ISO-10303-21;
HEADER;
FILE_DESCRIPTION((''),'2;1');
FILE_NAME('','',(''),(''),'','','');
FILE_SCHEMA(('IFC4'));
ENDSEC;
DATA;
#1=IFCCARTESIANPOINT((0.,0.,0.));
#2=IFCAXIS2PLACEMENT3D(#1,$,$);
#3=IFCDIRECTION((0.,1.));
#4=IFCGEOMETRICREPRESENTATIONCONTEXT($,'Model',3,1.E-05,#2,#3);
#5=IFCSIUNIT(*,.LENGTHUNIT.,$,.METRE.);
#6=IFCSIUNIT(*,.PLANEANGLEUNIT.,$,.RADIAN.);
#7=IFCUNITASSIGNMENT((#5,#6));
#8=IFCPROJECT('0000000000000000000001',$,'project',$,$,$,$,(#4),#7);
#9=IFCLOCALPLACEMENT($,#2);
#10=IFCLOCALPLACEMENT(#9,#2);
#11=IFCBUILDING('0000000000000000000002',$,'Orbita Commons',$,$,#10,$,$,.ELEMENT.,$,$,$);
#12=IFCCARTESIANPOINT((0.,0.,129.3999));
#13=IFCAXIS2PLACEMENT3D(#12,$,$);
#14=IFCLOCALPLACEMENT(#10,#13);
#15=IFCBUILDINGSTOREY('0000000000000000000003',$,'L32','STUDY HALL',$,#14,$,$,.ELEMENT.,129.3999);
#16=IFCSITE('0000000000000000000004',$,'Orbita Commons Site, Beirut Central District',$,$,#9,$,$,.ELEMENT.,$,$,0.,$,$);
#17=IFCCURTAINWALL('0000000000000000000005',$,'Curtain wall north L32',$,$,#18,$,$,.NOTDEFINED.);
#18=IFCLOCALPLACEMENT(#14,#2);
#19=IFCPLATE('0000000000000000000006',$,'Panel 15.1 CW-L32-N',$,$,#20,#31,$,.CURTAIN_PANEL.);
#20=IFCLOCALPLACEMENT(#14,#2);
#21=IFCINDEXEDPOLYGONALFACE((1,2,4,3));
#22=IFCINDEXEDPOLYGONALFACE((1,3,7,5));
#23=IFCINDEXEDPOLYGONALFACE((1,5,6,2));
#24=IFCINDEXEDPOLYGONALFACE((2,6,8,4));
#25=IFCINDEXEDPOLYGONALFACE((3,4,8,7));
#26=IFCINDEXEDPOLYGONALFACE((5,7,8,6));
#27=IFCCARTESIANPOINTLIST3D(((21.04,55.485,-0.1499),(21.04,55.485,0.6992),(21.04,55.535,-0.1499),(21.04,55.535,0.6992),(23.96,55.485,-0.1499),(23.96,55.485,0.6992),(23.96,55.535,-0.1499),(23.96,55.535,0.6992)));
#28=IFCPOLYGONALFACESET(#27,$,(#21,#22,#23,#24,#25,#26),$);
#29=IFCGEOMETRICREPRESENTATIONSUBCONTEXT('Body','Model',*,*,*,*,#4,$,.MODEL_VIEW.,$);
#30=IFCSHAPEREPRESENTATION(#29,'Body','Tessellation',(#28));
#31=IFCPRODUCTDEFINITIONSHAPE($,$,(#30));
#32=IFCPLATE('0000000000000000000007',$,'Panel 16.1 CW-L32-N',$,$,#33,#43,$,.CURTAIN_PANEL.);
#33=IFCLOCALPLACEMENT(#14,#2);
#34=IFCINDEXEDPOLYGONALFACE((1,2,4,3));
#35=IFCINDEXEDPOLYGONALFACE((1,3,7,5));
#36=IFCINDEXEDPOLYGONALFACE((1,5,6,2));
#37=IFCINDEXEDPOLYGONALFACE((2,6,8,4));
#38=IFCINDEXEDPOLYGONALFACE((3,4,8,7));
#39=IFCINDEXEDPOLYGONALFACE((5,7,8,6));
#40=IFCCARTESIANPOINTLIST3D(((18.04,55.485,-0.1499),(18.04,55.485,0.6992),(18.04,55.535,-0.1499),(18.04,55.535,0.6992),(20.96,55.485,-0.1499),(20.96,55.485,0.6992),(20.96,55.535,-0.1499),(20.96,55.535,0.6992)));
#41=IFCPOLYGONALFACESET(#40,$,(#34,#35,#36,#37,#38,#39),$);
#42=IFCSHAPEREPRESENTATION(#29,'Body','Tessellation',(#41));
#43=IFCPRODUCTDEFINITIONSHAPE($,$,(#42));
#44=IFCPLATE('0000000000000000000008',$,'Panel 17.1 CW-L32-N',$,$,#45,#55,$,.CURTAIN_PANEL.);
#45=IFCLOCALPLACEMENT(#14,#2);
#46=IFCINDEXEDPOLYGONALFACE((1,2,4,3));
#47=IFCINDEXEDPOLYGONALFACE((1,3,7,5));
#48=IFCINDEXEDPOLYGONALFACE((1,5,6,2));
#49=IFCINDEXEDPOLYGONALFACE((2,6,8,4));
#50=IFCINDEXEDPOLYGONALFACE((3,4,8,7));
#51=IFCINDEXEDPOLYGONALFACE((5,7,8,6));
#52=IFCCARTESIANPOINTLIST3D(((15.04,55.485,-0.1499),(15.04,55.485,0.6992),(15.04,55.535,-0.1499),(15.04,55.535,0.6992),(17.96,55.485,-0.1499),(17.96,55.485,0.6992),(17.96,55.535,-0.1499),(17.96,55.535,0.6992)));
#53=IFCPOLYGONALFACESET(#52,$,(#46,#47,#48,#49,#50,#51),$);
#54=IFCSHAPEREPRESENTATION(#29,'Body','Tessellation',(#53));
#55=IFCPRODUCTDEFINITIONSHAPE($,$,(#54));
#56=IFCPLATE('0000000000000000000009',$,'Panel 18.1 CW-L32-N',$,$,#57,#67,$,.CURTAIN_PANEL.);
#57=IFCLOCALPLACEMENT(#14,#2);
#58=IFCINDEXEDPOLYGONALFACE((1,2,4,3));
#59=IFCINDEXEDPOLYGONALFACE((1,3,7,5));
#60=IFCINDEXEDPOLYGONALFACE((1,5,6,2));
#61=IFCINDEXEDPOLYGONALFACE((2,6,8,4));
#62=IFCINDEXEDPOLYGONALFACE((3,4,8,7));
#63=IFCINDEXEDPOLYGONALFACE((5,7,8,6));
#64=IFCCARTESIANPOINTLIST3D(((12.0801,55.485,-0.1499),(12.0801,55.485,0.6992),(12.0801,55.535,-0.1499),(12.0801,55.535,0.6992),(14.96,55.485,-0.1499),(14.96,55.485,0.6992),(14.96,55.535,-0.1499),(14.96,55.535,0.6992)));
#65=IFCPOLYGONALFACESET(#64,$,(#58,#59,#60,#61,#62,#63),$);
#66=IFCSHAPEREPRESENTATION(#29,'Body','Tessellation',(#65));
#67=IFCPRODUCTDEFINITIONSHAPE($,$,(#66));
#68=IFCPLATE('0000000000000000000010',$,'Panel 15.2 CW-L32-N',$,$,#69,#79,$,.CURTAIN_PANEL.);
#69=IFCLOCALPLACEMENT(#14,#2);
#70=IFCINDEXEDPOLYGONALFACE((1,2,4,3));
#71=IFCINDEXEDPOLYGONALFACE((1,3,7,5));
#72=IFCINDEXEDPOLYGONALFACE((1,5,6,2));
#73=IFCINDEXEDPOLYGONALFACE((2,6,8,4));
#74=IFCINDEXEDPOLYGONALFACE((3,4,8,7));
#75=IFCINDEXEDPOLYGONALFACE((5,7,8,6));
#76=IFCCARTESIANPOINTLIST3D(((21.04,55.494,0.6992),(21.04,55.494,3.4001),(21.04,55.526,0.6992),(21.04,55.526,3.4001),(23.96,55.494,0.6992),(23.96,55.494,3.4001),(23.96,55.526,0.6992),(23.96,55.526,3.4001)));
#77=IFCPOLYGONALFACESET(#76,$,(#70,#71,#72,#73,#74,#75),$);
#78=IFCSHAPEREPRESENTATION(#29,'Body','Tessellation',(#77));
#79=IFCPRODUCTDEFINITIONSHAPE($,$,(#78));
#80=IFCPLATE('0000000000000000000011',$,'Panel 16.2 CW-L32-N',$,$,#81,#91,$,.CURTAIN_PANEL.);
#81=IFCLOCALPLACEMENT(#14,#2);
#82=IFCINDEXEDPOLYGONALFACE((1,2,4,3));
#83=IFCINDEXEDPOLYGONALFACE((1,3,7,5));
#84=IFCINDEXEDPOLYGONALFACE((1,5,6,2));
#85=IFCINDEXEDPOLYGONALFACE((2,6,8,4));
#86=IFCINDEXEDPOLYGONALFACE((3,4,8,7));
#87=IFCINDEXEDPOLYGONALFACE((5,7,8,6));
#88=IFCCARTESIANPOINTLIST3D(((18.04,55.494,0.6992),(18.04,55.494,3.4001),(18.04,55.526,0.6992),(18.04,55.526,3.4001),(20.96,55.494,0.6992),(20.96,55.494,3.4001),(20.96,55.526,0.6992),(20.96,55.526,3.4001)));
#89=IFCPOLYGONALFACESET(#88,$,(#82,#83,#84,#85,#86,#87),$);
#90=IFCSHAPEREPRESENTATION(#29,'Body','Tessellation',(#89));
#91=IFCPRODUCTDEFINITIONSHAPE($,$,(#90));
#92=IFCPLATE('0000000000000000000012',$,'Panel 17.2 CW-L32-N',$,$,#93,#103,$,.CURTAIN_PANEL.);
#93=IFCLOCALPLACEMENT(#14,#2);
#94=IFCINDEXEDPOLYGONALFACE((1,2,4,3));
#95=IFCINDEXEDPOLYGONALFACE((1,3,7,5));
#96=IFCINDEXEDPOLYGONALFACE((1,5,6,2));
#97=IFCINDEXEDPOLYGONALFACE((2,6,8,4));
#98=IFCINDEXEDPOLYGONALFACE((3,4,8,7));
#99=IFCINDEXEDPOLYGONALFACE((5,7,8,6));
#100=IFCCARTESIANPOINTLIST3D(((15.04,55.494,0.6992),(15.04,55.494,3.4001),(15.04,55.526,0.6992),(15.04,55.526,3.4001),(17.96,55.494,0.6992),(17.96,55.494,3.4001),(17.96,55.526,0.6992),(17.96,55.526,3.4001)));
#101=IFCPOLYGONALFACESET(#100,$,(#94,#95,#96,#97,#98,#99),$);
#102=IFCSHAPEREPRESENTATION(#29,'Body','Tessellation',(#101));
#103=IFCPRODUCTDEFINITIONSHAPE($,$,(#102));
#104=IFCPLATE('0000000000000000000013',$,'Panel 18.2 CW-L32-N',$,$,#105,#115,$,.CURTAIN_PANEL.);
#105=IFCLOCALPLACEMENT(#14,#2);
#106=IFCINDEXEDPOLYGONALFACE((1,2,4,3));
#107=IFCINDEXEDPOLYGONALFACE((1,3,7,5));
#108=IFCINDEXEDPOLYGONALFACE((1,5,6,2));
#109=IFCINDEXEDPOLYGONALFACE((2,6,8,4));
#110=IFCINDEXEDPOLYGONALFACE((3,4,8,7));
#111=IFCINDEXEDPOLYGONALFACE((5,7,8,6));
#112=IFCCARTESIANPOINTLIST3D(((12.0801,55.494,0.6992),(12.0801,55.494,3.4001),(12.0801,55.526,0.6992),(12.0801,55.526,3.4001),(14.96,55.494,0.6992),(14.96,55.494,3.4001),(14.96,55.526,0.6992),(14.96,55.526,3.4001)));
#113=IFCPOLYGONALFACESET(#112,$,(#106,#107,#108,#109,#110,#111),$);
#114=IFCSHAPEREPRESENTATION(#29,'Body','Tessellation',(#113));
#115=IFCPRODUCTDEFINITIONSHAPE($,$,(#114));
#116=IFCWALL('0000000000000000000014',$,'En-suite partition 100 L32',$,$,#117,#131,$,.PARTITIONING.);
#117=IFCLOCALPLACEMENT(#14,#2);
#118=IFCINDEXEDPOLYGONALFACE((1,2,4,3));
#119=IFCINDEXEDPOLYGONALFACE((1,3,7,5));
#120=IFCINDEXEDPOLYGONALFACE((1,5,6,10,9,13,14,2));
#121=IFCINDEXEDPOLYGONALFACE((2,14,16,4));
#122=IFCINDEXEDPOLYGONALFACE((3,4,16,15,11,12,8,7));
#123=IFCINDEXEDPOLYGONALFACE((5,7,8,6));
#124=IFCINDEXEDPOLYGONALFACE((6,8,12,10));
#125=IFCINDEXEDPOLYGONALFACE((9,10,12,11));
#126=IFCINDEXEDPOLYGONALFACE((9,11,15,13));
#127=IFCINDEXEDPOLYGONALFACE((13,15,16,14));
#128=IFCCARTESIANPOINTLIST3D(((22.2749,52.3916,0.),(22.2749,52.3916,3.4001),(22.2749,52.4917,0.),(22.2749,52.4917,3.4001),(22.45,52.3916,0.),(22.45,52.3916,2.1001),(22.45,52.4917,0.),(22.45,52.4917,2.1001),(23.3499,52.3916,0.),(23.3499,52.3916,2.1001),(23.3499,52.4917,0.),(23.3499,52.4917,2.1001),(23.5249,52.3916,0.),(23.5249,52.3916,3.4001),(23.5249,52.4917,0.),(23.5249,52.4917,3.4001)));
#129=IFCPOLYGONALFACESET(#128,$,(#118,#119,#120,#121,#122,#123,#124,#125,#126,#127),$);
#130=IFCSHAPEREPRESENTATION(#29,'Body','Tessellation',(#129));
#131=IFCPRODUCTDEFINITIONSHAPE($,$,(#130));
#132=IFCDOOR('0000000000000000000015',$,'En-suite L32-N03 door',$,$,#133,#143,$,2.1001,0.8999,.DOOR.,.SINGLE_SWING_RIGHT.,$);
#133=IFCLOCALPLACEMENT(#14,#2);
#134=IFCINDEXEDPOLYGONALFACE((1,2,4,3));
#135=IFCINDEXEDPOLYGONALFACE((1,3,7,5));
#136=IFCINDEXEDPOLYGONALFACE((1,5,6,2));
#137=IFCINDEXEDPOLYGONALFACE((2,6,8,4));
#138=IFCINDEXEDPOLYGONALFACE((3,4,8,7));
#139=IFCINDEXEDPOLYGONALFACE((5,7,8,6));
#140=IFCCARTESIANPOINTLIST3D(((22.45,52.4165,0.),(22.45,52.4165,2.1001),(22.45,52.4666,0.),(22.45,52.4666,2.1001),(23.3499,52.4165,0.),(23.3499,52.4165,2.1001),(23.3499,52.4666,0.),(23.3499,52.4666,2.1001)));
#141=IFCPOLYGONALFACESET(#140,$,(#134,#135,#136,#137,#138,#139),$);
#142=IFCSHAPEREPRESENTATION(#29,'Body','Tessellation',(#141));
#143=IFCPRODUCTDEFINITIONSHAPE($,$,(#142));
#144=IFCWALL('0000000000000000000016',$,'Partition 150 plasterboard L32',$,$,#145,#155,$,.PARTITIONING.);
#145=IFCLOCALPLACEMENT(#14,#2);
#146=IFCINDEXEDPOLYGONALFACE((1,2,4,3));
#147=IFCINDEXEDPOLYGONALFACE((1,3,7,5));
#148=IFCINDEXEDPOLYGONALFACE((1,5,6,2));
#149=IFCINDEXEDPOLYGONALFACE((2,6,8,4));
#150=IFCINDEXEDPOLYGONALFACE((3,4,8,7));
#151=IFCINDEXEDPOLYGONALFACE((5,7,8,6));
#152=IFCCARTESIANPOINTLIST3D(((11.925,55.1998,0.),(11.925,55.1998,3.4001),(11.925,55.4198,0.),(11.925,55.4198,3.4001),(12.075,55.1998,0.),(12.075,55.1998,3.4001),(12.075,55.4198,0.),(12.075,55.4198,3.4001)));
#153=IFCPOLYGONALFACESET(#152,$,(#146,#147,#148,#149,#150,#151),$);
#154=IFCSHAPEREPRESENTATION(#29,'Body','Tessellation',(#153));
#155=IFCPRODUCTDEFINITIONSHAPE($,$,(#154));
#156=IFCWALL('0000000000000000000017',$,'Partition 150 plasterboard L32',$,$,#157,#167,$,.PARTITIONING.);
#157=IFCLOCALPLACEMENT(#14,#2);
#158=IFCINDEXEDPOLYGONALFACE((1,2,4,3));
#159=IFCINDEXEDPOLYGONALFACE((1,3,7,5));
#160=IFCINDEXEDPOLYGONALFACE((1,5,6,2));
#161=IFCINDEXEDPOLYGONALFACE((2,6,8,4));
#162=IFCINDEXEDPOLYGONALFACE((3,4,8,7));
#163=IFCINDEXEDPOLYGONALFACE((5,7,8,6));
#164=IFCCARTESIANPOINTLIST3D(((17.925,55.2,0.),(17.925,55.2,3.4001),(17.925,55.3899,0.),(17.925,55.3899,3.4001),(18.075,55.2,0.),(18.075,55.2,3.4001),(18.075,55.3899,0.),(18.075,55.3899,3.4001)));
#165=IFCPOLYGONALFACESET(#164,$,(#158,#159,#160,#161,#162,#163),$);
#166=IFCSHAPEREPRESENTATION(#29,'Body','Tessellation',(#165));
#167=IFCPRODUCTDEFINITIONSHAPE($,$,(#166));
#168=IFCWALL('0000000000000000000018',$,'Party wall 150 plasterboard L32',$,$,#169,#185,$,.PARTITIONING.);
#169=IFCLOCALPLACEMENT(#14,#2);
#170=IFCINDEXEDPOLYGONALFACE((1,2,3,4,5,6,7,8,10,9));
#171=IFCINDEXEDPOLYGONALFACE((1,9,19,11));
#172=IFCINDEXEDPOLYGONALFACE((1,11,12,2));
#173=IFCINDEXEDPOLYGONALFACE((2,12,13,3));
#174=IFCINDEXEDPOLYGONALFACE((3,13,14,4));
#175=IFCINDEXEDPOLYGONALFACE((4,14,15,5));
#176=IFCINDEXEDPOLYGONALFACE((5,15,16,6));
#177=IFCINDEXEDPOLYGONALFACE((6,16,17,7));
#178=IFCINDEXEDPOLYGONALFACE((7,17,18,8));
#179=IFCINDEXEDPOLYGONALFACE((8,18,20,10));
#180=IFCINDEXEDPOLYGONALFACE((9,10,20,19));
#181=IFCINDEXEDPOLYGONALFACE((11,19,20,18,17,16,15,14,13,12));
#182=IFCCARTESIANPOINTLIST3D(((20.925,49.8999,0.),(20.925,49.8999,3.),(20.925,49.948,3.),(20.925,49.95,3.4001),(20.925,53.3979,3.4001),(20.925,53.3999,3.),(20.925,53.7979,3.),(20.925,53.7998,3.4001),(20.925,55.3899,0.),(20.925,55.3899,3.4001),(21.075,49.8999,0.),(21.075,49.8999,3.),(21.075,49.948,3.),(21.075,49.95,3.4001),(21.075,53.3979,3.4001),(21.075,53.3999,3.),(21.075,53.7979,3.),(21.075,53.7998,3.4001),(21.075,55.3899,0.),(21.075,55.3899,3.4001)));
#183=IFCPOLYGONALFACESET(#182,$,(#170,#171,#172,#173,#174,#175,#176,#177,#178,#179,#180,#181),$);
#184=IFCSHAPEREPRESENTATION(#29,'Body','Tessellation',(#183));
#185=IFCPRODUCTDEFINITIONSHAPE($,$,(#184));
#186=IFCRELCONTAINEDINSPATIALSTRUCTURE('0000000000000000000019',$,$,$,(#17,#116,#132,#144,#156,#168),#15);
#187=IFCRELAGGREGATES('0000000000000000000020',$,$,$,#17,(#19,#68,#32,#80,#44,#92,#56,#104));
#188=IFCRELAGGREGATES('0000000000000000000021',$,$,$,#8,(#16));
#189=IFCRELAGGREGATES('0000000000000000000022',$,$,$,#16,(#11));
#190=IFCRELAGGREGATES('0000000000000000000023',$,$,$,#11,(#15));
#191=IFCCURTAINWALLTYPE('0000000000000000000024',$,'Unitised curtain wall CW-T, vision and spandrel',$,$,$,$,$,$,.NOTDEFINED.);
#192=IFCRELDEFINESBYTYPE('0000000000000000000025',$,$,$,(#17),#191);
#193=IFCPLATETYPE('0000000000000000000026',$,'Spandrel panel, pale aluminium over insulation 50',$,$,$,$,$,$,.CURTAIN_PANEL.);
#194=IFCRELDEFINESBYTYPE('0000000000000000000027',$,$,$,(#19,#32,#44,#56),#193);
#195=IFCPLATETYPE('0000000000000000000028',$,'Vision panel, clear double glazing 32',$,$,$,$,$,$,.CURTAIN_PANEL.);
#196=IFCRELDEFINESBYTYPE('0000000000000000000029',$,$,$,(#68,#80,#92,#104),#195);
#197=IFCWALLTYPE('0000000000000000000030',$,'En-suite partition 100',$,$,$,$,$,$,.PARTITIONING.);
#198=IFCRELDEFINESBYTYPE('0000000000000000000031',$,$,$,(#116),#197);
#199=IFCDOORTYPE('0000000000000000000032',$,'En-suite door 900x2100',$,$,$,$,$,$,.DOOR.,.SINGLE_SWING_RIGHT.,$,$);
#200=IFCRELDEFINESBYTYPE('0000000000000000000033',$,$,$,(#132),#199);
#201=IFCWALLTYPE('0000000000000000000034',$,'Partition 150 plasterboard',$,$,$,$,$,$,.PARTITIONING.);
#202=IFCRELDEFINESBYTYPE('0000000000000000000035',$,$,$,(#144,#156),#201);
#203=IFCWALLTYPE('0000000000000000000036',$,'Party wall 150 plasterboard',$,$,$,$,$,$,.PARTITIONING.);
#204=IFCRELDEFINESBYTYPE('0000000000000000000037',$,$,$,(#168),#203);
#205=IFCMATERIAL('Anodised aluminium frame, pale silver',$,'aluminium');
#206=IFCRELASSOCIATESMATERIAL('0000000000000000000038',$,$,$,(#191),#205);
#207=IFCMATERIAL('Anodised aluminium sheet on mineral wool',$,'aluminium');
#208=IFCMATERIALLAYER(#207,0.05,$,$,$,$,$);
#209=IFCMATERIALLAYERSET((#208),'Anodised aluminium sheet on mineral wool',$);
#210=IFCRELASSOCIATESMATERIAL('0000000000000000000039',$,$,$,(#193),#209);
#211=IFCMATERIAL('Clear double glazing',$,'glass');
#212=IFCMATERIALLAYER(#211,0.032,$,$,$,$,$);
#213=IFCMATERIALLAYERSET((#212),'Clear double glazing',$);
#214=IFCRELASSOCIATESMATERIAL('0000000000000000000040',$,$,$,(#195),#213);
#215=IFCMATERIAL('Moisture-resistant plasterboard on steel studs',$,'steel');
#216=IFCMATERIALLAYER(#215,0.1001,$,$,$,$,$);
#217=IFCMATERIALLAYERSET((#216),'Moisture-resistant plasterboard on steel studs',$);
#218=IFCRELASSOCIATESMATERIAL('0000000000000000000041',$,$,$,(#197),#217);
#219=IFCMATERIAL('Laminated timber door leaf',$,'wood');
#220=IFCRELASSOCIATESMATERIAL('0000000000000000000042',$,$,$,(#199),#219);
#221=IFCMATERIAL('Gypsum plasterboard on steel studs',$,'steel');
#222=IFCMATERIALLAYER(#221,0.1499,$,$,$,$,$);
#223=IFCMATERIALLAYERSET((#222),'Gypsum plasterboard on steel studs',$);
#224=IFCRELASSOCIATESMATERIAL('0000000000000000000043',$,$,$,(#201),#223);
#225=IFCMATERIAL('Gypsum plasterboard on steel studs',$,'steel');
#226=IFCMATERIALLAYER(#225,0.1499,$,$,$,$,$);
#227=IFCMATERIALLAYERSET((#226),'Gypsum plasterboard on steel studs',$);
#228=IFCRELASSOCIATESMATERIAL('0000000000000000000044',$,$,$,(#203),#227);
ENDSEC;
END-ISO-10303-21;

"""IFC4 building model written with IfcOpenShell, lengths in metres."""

from ifc_helpers import new_model, si_unit, direction, frame, frame_2d, origin, origin_2d, place, context, subcontext, project, spatial, polyline, rectangle, outline, extrude, material, layer, layer_set, type_object, element, fill, aggregate, save


model = new_model("IFC4")

# Units and contexts
model_context = context("Model", 3, precision=1e-05, world=origin(), true_north=direction((0.0, 1.0)))
body_context = subcontext(model_context, "Body", "Model", "MODEL_VIEW")
ifc_project = project(units=[si_unit("LENGTHUNIT", "METRE"), si_unit("PLANEANGLEUNIT", "RADIAN")], contexts=[model_context])

# Site, building, storey
site_placement = place(None, origin())
site = spatial("IfcSite", under=ifc_project, at=site_placement, Name="Orbita Commons Site, Beirut Central District", CompositionType="ELEMENT", RefElevation=0.0)
building_placement = place(site_placement, origin())
building = spatial("IfcBuilding", under=site, at=building_placement, Name="Orbita Commons", CompositionType="ELEMENT")
storey_placement = place(building_placement, frame((0.0, 0.0, 129.3999)))
storey = spatial("IfcBuildingStorey", under=building, at=storey_placement, Name="L32", Description="STUDY HALL", CompositionType="ELEMENT", Elevation=129.3999)

# Curtain wall
ifc_material_1 = material(Name="Anodised aluminium frame, pale silver", Category="aluminium")
curtain_wall_type = type_object("IfcCurtainWallType", Name="Unitised curtain wall CW-T, vision and spandrel", PredefinedType="NOTDEFINED", material=ifc_material_1)
curtain_wall_placement = place(storey_placement, origin())
curtain_wall = element("IfcCurtainWall", 1, at=curtain_wall_placement, inside=storey, type_object=curtain_wall_type, Name="Curtain wall north L32", PredefinedType="NOTDEFINED")

# Plates
ifc_material_2 = material(Name="Anodised aluminium sheet on mineral wool", Category="aluminium")
ifc_layer_1 = layer(ifc_material_2, 0.05)
ifc_layer_set_1 = layer_set([ifc_layer_1], Name="Anodised aluminium sheet on mineral wool")
plate_type_1 = type_object("IfcPlateType", Name="Spandrel panel, pale aluminium over insulation 50", PredefinedType="CURTAIN_PANEL", material=ifc_layer_set_1)
plate_1_placement = place(storey_placement, frame((22.5, 55.51, -0.1499), z_axis=(0.0, 0.0, 1.0), x_axis=(-1.0, 0.0, 0.0)))
plate_1 = element("IfcPlate", 2, at=plate_1_placement, type_object=plate_type_1, Name="Panel 15.1 CW-L32-N", PredefinedType="CURTAIN_PANEL", context=body_context, shape_type="SweptSolid", body=[
    extrude(rectangle(XDim=2.9199, YDim=0.05, at=origin_2d()), origin(), (0.0, 0.0, 1.0), 0.8491),
])
plate_2_placement = place(storey_placement, frame((19.5, 55.51, -0.1499), z_axis=(0.0, 0.0, 1.0), x_axis=(-1.0, 0.0, 0.0)))
plate_2 = element("IfcPlate", 3, at=plate_2_placement, type_object=plate_type_1, Name="Panel 16.1 CW-L32-N", PredefinedType="CURTAIN_PANEL", context=body_context, shape_type="SweptSolid", body=[
    extrude(rectangle(XDim=2.9199, YDim=0.05, at=origin_2d()), origin(), (0.0, 0.0, 1.0), 0.8491),
])
plate_3_placement = place(storey_placement, frame((16.5, 55.51, -0.1499), z_axis=(0.0, 0.0, 1.0), x_axis=(-1.0, 0.0, 0.0)))
plate_3 = element("IfcPlate", 4, at=plate_3_placement, type_object=plate_type_1, Name="Panel 17.1 CW-L32-N", PredefinedType="CURTAIN_PANEL", context=body_context, shape_type="SweptSolid", body=[
    extrude(rectangle(XDim=2.9199, YDim=0.05, at=origin_2d()), origin(), (0.0, 0.0, 1.0), 0.8491),
])
plate_4_placement = place(storey_placement, frame((13.52, 55.51, -0.1499), z_axis=(0.0, 0.0, 1.0), x_axis=(-1.0, 0.0, 0.0)))
plate_4 = element("IfcPlate", 5, at=plate_4_placement, type_object=plate_type_1, Name="Panel 18.1 CW-L32-N", PredefinedType="CURTAIN_PANEL", context=body_context, shape_type="SweptSolid", body=[
    extrude(rectangle(XDim=2.8799, YDim=0.05, at=origin_2d()), origin(), (0.0, 0.0, 1.0), 0.8491),
])
ifc_material_3 = material(Name="Clear double glazing", Category="glass")
ifc_layer_2 = layer(ifc_material_3, 0.032)
ifc_layer_set_2 = layer_set([ifc_layer_2], Name="Clear double glazing")
plate_type_2 = type_object("IfcPlateType", Name="Vision panel, clear double glazing 32", PredefinedType="CURTAIN_PANEL", material=ifc_layer_set_2)
plate_5_placement = place(storey_placement, frame((22.5, 55.51, 0.6992), z_axis=(0.0, 0.0, 1.0), x_axis=(-1.0, 0.0, 0.0)))
plate_5 = element("IfcPlate", 6, at=plate_5_placement, type_object=plate_type_2, Name="Panel 15.2 CW-L32-N", PredefinedType="CURTAIN_PANEL", context=body_context, shape_type="SweptSolid", body=[
    extrude(rectangle(XDim=2.9199, YDim=0.032, at=origin_2d()), origin(), (0.0, 0.0, 1.0), 2.7009),
])
plate_6_placement = place(storey_placement, frame((19.5, 55.51, 0.6992), z_axis=(0.0, 0.0, 1.0), x_axis=(-1.0, 0.0, 0.0)))
plate_6 = element("IfcPlate", 7, at=plate_6_placement, type_object=plate_type_2, Name="Panel 16.2 CW-L32-N", PredefinedType="CURTAIN_PANEL", context=body_context, shape_type="SweptSolid", body=[
    extrude(rectangle(XDim=2.9199, YDim=0.032, at=origin_2d()), origin(), (0.0, 0.0, 1.0), 2.7009),
])
plate_7_placement = place(storey_placement, frame((16.5, 55.51, 0.6992), z_axis=(0.0, 0.0, 1.0), x_axis=(-1.0, 0.0, 0.0)))
plate_7 = element("IfcPlate", 8, at=plate_7_placement, type_object=plate_type_2, Name="Panel 17.2 CW-L32-N", PredefinedType="CURTAIN_PANEL", context=body_context, shape_type="SweptSolid", body=[
    extrude(rectangle(XDim=2.9199, YDim=0.032, at=origin_2d()), origin(), (0.0, 0.0, 1.0), 2.7009),
])
plate_8_placement = place(storey_placement, frame((13.52, 55.51, 0.6992), z_axis=(0.0, 0.0, 1.0), x_axis=(-1.0, 0.0, 0.0)))
plate_8 = element("IfcPlate", 9, at=plate_8_placement, type_object=plate_type_2, Name="Panel 18.2 CW-L32-N", PredefinedType="CURTAIN_PANEL", context=body_context, shape_type="SweptSolid", body=[
    extrude(rectangle(XDim=2.8799, YDim=0.032, at=origin_2d()), origin(), (0.0, 0.0, 1.0), 2.7009),
])
aggregate(curtain_wall, [plate_1, plate_5, plate_2, plate_6, plate_3, plate_7, plate_4, plate_8])

# Wall, opening, door
ifc_material_4 = material(Name="Moisture-resistant plasterboard on steel studs", Category="steel")
ifc_layer_3 = layer(ifc_material_4, 0.1001)
ifc_layer_set_3 = layer_set([ifc_layer_3], Name="Moisture-resistant plasterboard on steel studs")
wall_type_1 = type_object("IfcWallType", Name="En-suite partition 100", PredefinedType="PARTITIONING", material=ifc_layer_set_3)
wall_1_placement = place(storey_placement, frame((22.2749, 52.4417, 0.0), z_axis=(0.0, 0.0, 1.0), x_axis=(1.0, 0.0, 0.0)))
wall_1 = element("IfcWall", 10, at=wall_1_placement, inside=storey, type_object=wall_type_1, Name="En-suite partition 100 L32", PredefinedType="PARTITIONING", context=body_context, shape_type="SweptSolid", body=[
    extrude(rectangle(XDim=1.25, YDim=0.1001, at=frame_2d((0.625, 0.0))), origin(), (0.0, 0.0, 1.0), 3.4001),
])
opening_1_placement = place(wall_1_placement, frame((0.175, 0.0, 0.0)))
opening_1 = element("IfcOpeningElement", 11, at=opening_1_placement, cuts=wall_1, PredefinedType="OPENING", context=body_context, shape_type="SweptSolid", body=[
    extrude(rectangle(XDim=0.8999, YDim=2.1001, at=frame_2d((0.45, 1.05))), frame((0.0, 0.0601, 0.0), z_axis=(0.0, -1.0, 0.0), x_axis=(1.0, 0.0, 0.0)), (0.0, 0.0, 1.0), 0.1201),
])
ifc_material_5 = material(Name="Laminated timber door leaf", Category="wood")
door_type = type_object("IfcDoorType", Name="En-suite door 900x2100", OperationType="SINGLE_SWING_RIGHT", PredefinedType="DOOR", material=ifc_material_5)
door_placement = place(opening_1_placement, origin())
door = element("IfcDoor", 12, at=door_placement, inside=storey, type_object=door_type, Name="En-suite L32-N03 door", OperationType="SINGLE_SWING_RIGHT", OverallHeight=2.1001, OverallWidth=0.8999, PredefinedType="DOOR", context=body_context, shape_type="SweptSolid", body=[
    extrude(rectangle(XDim=0.8999, YDim=2.1001, at=frame_2d((0.45, 1.05))), frame((0.0, 0.0249, 0.0), z_axis=(0.0, -1.0, 0.0), x_axis=(1.0, 0.0, 0.0)), (0.0, 0.0, 1.0), 0.05),
])
fill(opening_1, door)

# Walls
ifc_material_6 = material(Name="Gypsum plasterboard on steel studs", Category="steel")
ifc_layer_4 = layer(ifc_material_6, 0.1499)
ifc_layer_set_4 = layer_set([ifc_layer_4], Name="Gypsum plasterboard on steel studs")
wall_type_2 = type_object("IfcWallType", Name="Partition 150 plasterboard", PredefinedType="PARTITIONING", material=ifc_layer_set_4)
wall_2_placement = place(storey_placement, frame((12.0, 55.2, 0.0), z_axis=(0.0, 0.0, 1.0), x_axis=(0.0, 1.0, 0.0)))
element("IfcWall", 13, at=wall_2_placement, inside=storey, type_object=wall_type_2, Name="Partition 150 plasterboard L32", PredefinedType="PARTITIONING", context=body_context, shape_type="SweptSolid", body=[
    extrude(rectangle(XDim=0.22, YDim=0.1499, at=frame_2d((0.1099, 0.0))), origin(), (0.0, 0.0, 1.0), 3.4001),
])
wall_3_placement = place(storey_placement, frame((18.0, 55.2, 0.0), z_axis=(0.0, 0.0, 1.0), x_axis=(0.0, 1.0, 0.0)))
element("IfcWall", 14, at=wall_3_placement, inside=storey, type_object=wall_type_2, Name="Partition 150 plasterboard L32", PredefinedType="PARTITIONING", context=body_context, shape_type="SweptSolid", body=[
    extrude(rectangle(XDim=0.1899, YDim=0.1499, at=frame_2d((0.095, 0.0))), origin(), (0.0, 0.0, 1.0), 3.4001),
])
ifc_material_7 = material(Name="Gypsum plasterboard on steel studs", Category="steel")
ifc_layer_5 = layer(ifc_material_7, 0.1499)
ifc_layer_set_5 = layer_set([ifc_layer_5], Name="Gypsum plasterboard on steel studs")
wall_type_3 = type_object("IfcWallType", Name="Party wall 150 plasterboard", PredefinedType="PARTITIONING", material=ifc_layer_set_5)
wall_4_placement = place(storey_placement, frame((21.0, 55.3899, 0.0), z_axis=(0.0, 0.0, 1.0), x_axis=(0.0, -1.0, 0.0)))
element("IfcWall", 15, at=wall_4_placement, inside=storey, type_object=wall_type_3, Name="Party wall 150 plasterboard L32", PredefinedType="PARTITIONING", context=body_context, shape_type="SweptSolid", body=[
    extrude(outline(polyline([(0.0, 0.0), (5.49, 0.0), (5.49, 3.0), (5.4419, 3.0), (5.4399, 3.4001), (1.9919, 3.4001), (1.99, 3.0), (1.592, 3.0), (1.5901, 3.4001), (0.0, 3.4001), (0.0, 0.0)])), frame((0.0, 0.075, 0.0), z_axis=(0.0, -1.0, 0.0), x_axis=(1.0, 0.0, 0.0)), (0.0, 0.0, 1.0), 0.1499),
])

save(model, "model.ifc")
